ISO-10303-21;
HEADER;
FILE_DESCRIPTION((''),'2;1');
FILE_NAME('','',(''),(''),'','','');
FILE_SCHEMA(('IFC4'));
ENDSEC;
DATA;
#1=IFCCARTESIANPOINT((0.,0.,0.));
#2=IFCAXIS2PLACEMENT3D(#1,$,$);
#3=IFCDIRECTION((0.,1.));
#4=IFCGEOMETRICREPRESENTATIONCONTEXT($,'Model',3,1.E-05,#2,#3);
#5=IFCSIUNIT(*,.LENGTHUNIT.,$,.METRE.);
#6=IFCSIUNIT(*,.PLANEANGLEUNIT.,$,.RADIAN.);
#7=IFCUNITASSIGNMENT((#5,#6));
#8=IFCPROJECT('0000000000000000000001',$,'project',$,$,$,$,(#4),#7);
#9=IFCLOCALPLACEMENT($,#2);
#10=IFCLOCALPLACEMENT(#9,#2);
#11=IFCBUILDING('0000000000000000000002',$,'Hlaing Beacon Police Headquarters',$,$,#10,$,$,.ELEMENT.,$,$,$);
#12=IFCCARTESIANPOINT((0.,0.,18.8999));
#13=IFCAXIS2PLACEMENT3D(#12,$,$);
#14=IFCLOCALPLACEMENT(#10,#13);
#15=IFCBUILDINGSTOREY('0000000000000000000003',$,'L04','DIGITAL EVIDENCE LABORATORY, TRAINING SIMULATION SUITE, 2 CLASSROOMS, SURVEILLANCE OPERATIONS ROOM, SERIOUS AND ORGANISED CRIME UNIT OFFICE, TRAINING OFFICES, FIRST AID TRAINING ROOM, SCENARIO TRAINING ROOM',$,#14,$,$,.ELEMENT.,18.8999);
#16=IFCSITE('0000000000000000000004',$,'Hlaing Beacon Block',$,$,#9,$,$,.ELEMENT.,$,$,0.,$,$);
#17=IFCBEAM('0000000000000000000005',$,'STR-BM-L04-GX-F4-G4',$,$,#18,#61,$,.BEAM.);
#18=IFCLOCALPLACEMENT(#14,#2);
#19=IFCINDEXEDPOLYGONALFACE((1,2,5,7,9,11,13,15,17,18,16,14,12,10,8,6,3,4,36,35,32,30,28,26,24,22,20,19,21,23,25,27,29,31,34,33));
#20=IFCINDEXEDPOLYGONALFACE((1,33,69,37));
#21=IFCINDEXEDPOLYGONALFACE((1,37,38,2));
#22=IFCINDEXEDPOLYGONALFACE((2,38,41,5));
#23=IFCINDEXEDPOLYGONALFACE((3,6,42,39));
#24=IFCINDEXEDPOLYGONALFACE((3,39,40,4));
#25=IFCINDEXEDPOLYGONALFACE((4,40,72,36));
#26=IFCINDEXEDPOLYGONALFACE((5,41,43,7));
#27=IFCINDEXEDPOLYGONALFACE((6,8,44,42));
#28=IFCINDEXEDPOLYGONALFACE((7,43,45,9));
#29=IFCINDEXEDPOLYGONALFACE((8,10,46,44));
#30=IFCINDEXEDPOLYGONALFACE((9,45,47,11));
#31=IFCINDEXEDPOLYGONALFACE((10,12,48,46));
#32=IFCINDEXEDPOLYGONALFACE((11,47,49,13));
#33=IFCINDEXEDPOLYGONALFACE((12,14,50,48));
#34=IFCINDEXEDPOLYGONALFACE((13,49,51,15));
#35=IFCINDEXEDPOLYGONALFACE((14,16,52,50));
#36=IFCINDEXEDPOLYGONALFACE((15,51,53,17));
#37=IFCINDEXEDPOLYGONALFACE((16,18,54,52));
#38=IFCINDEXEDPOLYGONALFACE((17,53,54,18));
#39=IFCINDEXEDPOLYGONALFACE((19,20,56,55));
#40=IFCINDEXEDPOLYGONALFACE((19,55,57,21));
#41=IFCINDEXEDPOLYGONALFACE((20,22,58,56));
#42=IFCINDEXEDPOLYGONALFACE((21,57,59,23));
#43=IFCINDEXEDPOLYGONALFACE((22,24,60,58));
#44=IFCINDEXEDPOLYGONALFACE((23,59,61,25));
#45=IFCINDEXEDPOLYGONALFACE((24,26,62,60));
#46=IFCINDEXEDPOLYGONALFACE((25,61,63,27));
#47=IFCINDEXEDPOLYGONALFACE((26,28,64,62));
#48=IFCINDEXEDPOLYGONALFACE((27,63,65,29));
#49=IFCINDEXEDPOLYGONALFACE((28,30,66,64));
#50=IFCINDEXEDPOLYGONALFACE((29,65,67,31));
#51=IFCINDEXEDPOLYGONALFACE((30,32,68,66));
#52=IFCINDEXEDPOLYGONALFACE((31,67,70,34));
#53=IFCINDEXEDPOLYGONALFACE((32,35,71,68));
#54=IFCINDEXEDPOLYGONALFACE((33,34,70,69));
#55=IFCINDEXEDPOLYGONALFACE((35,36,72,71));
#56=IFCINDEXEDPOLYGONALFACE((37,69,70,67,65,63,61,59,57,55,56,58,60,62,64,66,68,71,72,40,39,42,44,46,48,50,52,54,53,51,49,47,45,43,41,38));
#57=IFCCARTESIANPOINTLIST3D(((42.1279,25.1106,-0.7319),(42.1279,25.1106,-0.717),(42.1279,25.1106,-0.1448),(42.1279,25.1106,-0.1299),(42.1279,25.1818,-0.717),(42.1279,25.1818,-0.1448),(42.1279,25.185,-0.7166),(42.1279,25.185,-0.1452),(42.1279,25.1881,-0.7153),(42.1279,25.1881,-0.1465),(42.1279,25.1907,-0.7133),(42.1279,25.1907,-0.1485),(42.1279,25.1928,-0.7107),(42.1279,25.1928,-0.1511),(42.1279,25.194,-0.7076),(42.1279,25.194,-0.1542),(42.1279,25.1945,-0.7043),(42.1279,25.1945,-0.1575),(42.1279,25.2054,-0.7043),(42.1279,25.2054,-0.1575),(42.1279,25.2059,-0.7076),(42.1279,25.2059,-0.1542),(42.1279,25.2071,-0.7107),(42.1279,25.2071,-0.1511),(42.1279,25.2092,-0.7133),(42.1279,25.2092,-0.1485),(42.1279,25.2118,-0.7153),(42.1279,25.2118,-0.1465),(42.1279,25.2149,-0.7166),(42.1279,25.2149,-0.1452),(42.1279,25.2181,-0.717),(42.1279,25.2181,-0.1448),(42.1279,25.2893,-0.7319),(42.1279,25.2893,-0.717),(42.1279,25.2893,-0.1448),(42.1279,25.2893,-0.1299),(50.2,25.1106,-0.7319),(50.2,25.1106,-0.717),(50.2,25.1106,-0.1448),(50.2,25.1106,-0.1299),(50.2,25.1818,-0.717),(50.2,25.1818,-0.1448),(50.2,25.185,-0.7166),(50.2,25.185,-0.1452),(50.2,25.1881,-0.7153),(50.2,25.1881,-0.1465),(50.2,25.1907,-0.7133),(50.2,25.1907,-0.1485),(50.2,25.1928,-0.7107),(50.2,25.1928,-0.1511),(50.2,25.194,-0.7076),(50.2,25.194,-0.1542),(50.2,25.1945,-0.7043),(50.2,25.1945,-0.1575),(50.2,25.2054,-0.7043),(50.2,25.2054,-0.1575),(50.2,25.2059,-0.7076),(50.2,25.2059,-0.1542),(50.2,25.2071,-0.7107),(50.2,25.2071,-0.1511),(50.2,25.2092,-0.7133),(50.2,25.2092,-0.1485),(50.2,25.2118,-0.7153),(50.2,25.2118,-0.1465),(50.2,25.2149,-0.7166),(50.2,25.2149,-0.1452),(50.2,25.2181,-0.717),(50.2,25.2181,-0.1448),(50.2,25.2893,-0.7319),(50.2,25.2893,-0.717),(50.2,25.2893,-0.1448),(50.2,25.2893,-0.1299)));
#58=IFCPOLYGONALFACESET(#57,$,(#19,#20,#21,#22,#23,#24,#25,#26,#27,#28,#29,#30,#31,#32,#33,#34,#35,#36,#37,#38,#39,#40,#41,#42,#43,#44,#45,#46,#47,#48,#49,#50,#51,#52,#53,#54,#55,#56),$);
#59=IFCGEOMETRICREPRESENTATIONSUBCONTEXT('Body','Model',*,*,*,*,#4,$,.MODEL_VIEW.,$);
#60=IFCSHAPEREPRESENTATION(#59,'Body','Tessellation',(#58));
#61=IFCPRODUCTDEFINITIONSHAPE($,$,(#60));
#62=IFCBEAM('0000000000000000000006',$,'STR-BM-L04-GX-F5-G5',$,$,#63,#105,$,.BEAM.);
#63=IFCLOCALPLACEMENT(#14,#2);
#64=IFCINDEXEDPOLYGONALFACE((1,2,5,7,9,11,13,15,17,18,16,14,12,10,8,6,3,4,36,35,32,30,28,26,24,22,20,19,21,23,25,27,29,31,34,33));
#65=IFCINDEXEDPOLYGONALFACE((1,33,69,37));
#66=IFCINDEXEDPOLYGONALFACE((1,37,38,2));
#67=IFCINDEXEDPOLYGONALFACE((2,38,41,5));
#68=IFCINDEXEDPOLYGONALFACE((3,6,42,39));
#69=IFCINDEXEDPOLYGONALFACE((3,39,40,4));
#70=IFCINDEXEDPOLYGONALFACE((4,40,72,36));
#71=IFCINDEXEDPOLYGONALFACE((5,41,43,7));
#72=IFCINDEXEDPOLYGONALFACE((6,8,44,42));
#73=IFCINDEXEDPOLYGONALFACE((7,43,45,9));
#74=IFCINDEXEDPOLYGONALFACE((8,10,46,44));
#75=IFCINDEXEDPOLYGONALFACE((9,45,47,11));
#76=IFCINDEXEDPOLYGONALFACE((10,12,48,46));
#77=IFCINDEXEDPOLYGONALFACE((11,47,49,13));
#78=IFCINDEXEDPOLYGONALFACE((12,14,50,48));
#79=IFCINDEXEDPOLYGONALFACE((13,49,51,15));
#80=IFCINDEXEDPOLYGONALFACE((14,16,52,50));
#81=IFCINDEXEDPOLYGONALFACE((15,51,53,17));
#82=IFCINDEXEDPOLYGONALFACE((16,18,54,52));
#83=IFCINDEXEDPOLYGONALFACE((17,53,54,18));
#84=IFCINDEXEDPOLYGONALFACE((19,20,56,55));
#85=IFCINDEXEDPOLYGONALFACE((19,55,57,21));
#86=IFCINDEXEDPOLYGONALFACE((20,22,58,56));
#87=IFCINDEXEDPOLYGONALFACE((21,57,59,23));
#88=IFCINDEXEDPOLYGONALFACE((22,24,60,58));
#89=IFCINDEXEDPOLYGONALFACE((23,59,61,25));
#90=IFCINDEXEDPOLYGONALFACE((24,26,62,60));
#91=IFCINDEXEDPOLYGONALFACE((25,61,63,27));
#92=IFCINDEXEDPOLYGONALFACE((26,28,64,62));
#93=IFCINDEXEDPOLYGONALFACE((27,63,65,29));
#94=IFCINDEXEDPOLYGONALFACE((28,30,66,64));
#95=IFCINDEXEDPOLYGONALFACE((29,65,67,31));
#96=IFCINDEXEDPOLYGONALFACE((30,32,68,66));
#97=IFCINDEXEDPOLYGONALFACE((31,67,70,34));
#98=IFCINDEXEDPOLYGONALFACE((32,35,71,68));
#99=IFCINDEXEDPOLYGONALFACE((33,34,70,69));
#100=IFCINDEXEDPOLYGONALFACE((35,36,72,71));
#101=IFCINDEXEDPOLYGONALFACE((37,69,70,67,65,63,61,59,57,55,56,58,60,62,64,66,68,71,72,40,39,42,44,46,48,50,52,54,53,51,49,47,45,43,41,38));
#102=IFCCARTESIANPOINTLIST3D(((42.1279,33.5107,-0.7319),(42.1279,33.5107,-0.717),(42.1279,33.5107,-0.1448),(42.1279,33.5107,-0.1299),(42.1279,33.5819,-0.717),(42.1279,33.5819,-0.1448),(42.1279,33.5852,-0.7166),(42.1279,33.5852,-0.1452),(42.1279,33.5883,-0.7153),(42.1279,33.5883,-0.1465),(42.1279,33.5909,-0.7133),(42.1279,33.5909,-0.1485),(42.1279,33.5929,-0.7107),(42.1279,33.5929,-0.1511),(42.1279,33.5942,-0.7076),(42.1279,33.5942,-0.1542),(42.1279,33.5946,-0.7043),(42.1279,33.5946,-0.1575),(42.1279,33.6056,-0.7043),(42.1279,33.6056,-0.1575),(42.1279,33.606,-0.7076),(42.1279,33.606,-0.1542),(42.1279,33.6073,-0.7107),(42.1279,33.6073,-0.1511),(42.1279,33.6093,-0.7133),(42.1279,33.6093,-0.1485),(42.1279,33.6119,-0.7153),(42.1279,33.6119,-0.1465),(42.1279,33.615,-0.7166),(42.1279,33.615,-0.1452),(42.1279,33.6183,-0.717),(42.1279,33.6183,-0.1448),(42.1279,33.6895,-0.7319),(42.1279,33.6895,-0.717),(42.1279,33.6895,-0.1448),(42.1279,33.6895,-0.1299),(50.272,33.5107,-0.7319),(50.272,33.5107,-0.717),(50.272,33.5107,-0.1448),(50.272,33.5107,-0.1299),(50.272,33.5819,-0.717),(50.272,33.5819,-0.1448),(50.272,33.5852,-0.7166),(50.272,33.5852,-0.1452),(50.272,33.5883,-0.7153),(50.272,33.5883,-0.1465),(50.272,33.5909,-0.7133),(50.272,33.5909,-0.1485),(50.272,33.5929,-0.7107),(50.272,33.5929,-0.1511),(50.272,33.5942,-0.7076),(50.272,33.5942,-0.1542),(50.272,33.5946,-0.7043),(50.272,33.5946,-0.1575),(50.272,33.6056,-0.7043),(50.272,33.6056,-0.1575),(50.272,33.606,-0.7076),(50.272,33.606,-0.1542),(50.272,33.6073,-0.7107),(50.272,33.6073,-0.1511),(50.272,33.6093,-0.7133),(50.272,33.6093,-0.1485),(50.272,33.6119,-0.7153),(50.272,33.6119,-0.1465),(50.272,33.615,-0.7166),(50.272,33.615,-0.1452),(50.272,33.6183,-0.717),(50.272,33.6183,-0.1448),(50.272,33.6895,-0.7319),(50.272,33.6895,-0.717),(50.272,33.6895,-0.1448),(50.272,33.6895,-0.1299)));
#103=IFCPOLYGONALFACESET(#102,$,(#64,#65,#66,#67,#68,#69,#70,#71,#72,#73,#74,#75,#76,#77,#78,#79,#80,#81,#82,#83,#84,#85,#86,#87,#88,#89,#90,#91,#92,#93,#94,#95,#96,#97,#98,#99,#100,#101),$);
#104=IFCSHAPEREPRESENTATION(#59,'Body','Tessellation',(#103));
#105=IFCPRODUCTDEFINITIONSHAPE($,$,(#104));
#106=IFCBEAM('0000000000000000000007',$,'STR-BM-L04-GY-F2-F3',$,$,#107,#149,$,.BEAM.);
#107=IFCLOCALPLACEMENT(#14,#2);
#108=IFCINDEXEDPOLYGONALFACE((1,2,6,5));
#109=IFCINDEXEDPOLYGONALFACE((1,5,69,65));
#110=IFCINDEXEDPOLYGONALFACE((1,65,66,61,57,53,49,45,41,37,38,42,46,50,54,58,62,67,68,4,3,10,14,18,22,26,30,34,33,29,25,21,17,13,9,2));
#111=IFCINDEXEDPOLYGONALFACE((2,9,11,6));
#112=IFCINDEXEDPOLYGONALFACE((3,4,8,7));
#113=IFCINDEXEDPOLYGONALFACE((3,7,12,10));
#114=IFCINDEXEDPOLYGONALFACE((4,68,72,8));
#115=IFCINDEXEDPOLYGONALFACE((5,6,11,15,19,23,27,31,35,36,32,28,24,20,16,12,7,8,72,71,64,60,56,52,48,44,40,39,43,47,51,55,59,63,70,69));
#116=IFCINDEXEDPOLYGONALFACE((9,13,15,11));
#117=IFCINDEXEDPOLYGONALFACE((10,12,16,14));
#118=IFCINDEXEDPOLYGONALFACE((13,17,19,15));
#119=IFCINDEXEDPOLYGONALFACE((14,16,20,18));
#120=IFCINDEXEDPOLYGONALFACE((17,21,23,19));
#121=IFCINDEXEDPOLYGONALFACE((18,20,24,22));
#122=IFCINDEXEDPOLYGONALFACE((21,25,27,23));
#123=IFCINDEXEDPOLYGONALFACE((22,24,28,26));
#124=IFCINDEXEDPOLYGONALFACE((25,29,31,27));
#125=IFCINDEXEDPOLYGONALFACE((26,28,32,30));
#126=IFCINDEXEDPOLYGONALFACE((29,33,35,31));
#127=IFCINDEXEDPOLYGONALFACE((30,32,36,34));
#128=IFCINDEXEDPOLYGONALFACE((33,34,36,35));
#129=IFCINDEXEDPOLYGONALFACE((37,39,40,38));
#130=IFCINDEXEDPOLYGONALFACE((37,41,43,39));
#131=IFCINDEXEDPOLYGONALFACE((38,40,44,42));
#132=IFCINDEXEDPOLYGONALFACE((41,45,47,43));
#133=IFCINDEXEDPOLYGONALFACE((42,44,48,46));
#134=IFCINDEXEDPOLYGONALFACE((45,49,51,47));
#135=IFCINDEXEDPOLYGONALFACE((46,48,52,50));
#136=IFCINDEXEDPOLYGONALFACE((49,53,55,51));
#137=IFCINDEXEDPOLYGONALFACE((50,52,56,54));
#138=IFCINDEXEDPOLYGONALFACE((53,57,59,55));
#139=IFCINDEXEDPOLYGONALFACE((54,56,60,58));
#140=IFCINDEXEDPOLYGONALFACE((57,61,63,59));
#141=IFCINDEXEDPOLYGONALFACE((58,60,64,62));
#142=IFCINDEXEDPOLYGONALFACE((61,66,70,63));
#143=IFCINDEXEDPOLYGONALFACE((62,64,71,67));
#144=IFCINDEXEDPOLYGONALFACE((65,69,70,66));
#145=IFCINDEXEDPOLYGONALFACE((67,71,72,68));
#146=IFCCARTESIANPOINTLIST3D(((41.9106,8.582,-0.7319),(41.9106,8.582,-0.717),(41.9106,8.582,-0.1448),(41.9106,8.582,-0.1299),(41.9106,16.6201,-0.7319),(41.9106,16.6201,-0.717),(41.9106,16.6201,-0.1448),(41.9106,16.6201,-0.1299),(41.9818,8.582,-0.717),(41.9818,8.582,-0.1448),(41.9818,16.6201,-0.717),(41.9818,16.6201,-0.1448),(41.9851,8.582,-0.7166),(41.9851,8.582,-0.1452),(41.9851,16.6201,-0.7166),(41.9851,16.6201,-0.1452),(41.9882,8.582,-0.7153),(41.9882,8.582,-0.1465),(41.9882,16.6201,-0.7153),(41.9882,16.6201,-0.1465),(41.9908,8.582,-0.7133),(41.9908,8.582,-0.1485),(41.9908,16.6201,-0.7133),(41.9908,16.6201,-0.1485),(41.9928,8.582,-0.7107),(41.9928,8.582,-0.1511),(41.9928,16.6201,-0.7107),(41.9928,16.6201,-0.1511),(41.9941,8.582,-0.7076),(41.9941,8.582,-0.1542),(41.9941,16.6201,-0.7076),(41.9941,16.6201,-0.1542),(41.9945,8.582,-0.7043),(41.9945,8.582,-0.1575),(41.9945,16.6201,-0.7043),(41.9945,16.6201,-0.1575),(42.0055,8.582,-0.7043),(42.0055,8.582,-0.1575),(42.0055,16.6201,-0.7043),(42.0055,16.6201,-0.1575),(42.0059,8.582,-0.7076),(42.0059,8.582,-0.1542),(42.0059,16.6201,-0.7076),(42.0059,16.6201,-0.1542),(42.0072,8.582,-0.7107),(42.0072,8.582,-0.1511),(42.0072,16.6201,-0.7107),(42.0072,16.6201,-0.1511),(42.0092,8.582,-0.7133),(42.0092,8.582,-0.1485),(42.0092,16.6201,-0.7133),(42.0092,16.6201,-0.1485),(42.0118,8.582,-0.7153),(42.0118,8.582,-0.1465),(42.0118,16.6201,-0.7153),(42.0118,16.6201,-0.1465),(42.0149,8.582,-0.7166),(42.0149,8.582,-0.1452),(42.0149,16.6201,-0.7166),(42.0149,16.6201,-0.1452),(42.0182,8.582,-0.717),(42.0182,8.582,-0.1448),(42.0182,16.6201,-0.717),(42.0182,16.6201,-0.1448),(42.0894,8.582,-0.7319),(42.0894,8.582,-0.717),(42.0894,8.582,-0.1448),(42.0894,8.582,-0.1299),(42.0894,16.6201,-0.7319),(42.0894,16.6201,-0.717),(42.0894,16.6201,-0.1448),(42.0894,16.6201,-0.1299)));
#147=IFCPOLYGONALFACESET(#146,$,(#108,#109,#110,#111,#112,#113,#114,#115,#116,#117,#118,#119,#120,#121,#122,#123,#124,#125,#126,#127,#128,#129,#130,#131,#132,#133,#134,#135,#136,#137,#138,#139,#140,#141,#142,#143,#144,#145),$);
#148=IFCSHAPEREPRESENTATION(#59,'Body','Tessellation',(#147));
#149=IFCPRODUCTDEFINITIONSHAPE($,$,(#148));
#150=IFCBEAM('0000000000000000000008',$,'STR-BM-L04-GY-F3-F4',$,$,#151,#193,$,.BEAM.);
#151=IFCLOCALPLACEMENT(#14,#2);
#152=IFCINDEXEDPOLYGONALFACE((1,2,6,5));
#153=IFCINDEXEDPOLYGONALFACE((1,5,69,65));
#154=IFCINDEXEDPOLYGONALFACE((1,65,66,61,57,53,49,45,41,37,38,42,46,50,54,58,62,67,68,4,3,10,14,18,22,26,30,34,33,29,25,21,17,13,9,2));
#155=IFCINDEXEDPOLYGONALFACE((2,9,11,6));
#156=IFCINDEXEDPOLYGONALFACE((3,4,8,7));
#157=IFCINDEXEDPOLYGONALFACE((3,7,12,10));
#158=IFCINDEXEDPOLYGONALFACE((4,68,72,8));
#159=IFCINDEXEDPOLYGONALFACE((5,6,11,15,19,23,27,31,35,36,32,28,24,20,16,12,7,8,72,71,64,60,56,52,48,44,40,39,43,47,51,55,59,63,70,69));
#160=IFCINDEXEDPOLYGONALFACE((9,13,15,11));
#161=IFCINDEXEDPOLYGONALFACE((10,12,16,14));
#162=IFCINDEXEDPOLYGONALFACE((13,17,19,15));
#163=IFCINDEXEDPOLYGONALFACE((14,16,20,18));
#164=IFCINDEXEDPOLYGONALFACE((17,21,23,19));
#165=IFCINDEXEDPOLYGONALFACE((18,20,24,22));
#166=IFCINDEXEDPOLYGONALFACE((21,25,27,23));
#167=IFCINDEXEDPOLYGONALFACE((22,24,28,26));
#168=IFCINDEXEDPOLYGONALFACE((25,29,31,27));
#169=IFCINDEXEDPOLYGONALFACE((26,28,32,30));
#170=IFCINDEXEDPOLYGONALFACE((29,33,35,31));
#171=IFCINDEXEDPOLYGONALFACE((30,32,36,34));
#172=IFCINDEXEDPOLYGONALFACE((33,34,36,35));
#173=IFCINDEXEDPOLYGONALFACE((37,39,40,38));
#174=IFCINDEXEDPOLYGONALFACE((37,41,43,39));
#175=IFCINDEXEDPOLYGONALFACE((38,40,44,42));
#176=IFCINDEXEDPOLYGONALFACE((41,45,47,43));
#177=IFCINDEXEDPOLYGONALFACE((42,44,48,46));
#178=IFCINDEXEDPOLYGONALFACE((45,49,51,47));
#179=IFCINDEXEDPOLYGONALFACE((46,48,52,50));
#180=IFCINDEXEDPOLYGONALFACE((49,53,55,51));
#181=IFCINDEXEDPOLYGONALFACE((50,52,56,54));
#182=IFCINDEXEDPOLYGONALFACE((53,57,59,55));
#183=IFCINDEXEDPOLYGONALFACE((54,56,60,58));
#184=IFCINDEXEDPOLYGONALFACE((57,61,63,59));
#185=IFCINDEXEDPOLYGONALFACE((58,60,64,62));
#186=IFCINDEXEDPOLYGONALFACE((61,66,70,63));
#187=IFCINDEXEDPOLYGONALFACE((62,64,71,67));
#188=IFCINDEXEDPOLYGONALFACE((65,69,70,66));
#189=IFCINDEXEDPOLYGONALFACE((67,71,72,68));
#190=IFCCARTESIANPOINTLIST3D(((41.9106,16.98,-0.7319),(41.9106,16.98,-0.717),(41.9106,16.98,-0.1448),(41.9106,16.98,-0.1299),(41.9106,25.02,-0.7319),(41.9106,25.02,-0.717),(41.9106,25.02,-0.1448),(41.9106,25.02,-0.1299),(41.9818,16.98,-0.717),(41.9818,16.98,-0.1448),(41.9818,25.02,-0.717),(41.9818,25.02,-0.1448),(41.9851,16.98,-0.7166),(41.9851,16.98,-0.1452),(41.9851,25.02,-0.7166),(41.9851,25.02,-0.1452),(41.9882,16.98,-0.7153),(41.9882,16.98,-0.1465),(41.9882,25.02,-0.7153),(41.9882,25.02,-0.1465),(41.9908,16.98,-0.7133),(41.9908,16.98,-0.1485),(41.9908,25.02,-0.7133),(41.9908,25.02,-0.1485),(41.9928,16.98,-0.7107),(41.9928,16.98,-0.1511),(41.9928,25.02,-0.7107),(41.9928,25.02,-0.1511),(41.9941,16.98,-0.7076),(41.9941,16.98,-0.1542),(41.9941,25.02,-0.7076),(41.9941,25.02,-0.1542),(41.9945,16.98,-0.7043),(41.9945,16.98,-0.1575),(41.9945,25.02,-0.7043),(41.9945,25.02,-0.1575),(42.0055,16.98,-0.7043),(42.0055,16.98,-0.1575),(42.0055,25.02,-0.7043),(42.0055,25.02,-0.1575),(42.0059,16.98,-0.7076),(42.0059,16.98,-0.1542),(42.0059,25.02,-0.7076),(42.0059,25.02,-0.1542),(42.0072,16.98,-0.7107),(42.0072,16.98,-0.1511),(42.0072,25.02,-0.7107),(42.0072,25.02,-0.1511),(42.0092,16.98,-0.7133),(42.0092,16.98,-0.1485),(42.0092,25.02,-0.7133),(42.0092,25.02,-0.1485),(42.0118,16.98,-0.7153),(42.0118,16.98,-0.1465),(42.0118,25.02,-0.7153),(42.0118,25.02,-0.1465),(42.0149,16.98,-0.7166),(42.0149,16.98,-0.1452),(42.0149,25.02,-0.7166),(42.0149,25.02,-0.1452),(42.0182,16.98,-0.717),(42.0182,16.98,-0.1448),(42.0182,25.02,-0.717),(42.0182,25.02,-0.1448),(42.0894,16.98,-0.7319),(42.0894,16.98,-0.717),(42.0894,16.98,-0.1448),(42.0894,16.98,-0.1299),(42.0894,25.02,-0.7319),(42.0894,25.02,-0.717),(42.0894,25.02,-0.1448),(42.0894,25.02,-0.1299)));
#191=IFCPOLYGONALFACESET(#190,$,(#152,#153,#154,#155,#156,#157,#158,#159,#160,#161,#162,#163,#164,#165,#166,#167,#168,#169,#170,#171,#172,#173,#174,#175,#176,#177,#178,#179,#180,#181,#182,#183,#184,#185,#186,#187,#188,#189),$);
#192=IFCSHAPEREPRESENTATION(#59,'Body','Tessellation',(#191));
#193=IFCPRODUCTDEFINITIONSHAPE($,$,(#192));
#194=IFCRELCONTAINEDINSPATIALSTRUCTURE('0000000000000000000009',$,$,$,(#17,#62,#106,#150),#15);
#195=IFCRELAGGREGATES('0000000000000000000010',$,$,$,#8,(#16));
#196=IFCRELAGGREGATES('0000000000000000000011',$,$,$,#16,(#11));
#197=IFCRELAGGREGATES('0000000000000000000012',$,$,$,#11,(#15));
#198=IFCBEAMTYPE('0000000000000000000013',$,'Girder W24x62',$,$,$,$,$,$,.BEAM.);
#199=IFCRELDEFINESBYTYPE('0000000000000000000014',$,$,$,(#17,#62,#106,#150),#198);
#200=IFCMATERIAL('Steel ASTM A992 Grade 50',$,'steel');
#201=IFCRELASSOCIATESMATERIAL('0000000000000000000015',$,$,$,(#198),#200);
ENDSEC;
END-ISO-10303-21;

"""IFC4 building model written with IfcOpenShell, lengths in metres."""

from ifc_helpers import new_model, si_unit, direction, frame, origin, origin_2d, place, context, subcontext, project, spatial, i_section, extrude, material, material_profile, profile_set, type_object, element, save


model = new_model("IFC4")

# Units and contexts
model_context = context("Model", 3, precision=1e-05, world=origin(), true_north=direction((0.0, 1.0)))
body_context = subcontext(model_context, "Body", "Model", "MODEL_VIEW")
ifc_project = project(units=[si_unit("LENGTHUNIT", "METRE"), si_unit("PLANEANGLEUNIT", "RADIAN")], contexts=[model_context])

# Site, building, storey
site_placement = place(None, origin())
site = spatial("IfcSite", under=ifc_project, at=site_placement, Name="Hlaing Beacon Block", CompositionType="ELEMENT", RefElevation=0.0)
building_placement = place(site_placement, origin())
building = spatial("IfcBuilding", under=site, at=building_placement, Name="Hlaing Beacon Police Headquarters", CompositionType="ELEMENT")
storey_placement = place(building_placement, frame((0.0, 0.0, 18.8999)))
storey = spatial("IfcBuildingStorey", under=building, at=storey_placement, Name="L04", Description="DIGITAL EVIDENCE LABORATORY, TRAINING SIMULATION SUITE, 2 CLASSROOMS, SURVEILLANCE OPERATIONS ROOM, SERIOUS AND ORGANISED CRIME UNIT OFFICE, TRAINING OFFICES, FIRST AID TRAINING ROOM, SCENARIO TRAINING ROOM", CompositionType="ELEMENT", Elevation=18.8999)

# Beams
ifc_material_1 = material(Name="Steel ASTM A992 Grade 50", Category="steel")
ifc_material_profile_1 = material_profile(ifc_material_1, i_section(OverallWidth=0.1787, OverallDepth=0.6021, WebThickness=0.011, FlangeThickness=0.0149, FilletRadius=0.0127, at=origin_2d()), Name="W24x62")
ifc_profile_set_1 = profile_set([ifc_material_profile_1], Name="Steel ASTM A992 Grade 50")
beam_type_1 = type_object("IfcBeamType", Name="Girder W24x62", PredefinedType="BEAM", material=ifc_profile_set_1)
for number, where, z_axis, x_axis, name in (
    (1, (42.1279, 25.2, -0.4309), (1.0, 0.0, 0.0), (0.0, 1.0, 0.0), "STR-BM-L04-GX-F4-G4"),
):
    element("IfcBeam", number, at=place(storey_placement, frame(where, z_axis=z_axis, x_axis=x_axis)), inside=storey, type_object=beam_type_1, Name=name, PredefinedType="BEAM", context=body_context, shape_type="SweptSolid", body=[
        extrude(i_section(OverallWidth=0.1787, OverallDepth=0.6021, WebThickness=0.011, FlangeThickness=0.0149, FilletRadius=0.0127, at=origin_2d()), origin(), (0.0, 0.0, 1.0), 8.072),
    ])
beam_1_placement = place(storey_placement, frame((42.1279, 33.6001, -0.4309), z_axis=(1.0, 0.0, 0.0), x_axis=(0.0, 1.0, 0.0)))
element("IfcBeam", 2, at=beam_1_placement, inside=storey, type_object=beam_type_1, Name="STR-BM-L04-GX-F5-G5", PredefinedType="BEAM", context=body_context, shape_type="SweptSolid", body=[
    extrude(i_section(OverallWidth=0.1787, OverallDepth=0.6021, WebThickness=0.011, FlangeThickness=0.0149, FilletRadius=0.0127, at=origin_2d()), origin(), (0.0, 0.0, 1.0), 8.144),
])
beam_2_placement = place(storey_placement, frame((42.0, 8.582, -0.4309), z_axis=(0.0, 1.0, 0.0), x_axis=(-1.0, 0.0, 0.0)))
element("IfcBeam", 3, at=beam_2_placement, inside=storey, type_object=beam_type_1, Name="STR-BM-L04-GY-F2-F3", PredefinedType="BEAM", context=body_context, shape_type="SweptSolid", body=[
    extrude(i_section(OverallWidth=0.1787, OverallDepth=0.6021, WebThickness=0.011, FlangeThickness=0.0149, FilletRadius=0.0127, at=origin_2d()), origin(), (0.0, 0.0, 1.0), 8.0381),
])
beam_3_placement = place(storey_placement, frame((42.0, 16.98, -0.4309), z_axis=(0.0, 1.0, 0.0), x_axis=(-1.0, 0.0, 0.0)))
element("IfcBeam", 4, at=beam_3_placement, inside=storey, type_object=beam_type_1, Name="STR-BM-L04-GY-F3-F4", PredefinedType="BEAM", context=body_context, shape_type="SweptSolid", body=[
    extrude(i_section(OverallWidth=0.1787, OverallDepth=0.6021, WebThickness=0.011, FlangeThickness=0.0149, FilletRadius=0.0127, at=origin_2d()), origin(), (0.0, 0.0, 1.0), 8.04),
])

save(model, "model.ifc")
